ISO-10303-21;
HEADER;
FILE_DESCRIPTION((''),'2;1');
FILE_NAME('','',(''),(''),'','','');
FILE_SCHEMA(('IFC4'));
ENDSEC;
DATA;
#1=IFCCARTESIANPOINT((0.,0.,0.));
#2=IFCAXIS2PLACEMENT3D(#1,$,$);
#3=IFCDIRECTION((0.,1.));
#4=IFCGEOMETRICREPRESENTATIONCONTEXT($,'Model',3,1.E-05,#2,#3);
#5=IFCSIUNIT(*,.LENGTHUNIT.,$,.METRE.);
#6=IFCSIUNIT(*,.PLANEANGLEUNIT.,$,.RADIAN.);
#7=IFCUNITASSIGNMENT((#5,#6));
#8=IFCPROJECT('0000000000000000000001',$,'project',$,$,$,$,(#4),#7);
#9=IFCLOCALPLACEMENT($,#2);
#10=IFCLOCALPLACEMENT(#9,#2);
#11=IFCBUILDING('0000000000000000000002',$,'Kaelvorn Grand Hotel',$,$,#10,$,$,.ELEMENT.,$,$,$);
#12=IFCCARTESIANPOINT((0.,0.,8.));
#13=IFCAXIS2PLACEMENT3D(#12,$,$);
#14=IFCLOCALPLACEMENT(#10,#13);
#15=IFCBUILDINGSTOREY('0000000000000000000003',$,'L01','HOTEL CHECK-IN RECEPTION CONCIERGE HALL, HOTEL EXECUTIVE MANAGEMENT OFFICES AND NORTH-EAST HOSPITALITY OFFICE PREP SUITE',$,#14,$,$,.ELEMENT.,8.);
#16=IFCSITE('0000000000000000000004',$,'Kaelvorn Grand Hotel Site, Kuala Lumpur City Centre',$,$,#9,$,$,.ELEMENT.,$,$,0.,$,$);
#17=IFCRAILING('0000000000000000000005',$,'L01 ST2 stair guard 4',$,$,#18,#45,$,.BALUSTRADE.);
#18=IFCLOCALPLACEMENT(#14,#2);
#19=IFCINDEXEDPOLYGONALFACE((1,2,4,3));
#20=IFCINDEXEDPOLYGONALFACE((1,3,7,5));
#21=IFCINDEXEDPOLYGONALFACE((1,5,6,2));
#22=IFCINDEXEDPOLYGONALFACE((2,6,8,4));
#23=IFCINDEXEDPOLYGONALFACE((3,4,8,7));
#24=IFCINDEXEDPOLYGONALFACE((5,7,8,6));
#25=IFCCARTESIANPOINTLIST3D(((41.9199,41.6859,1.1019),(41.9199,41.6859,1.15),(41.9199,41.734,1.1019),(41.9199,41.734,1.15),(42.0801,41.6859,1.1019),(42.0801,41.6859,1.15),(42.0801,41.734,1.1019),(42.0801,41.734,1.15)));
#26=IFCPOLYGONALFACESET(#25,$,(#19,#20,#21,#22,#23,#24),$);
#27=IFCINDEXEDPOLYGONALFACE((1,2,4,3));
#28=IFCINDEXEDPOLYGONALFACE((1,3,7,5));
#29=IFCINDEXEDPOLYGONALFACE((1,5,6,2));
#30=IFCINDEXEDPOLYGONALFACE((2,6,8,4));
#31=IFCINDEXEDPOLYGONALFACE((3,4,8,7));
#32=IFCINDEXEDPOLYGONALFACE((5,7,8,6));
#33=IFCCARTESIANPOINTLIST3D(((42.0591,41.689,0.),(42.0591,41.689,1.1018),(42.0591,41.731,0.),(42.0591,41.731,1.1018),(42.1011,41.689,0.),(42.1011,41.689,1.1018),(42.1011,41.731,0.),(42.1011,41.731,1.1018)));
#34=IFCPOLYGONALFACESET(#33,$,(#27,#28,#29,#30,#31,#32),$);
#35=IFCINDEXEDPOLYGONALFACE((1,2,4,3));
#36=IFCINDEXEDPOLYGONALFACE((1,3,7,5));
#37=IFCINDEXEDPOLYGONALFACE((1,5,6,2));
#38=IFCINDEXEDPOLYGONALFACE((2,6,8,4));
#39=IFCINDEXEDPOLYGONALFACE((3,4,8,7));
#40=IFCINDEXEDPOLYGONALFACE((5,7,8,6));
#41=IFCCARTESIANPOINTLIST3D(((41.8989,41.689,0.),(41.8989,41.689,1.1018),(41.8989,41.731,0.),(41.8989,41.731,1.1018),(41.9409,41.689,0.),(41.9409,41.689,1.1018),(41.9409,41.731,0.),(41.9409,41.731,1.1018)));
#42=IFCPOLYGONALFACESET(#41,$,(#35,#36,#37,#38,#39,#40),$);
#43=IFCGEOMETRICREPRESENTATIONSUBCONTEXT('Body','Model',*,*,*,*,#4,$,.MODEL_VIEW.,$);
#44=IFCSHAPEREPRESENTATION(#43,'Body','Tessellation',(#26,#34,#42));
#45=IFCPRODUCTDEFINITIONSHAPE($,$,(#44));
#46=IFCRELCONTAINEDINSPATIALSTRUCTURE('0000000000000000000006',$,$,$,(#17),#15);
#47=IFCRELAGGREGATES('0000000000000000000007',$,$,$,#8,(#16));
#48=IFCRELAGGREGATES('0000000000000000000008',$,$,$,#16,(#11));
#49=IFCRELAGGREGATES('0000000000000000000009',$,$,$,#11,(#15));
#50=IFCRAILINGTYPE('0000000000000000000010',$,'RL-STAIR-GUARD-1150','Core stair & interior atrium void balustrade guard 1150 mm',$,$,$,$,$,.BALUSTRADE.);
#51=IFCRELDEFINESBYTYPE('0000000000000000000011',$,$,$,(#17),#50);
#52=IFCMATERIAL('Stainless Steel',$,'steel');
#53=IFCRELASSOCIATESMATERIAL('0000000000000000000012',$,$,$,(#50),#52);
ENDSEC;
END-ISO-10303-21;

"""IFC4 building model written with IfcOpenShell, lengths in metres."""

from ifc_helpers import new_model, si_unit, direction, frame, origin, origin_2d, place, context, subcontext, project, spatial, rectangle, extrude, material, type_object, element, save


model = new_model("IFC4")

# Units and contexts
model_context = context("Model", 3, precision=1e-05, world=origin(), true_north=direction((0.0, 1.0)))
body_context = subcontext(model_context, "Body", "Model", "MODEL_VIEW")
ifc_project = project(units=[si_unit("LENGTHUNIT", "METRE"), si_unit("PLANEANGLEUNIT", "RADIAN")], contexts=[model_context])

# Site, building, storey
site_placement = place(None, origin())
site = spatial("IfcSite", under=ifc_project, at=site_placement, Name="Kaelvorn Grand Hotel Site, Kuala Lumpur City Centre", CompositionType="ELEMENT", RefElevation=0.0)
building_placement = place(site_placement, origin())
building = spatial("IfcBuilding", under=site, at=building_placement, Name="Kaelvorn Grand Hotel", CompositionType="ELEMENT")
storey_placement = place(building_placement, frame((0.0, 0.0, 8.0)))
storey = spatial("IfcBuildingStorey", under=building, at=storey_placement, Name="L01", Description="HOTEL CHECK-IN RECEPTION CONCIERGE HALL, HOTEL EXECUTIVE MANAGEMENT OFFICES AND NORTH-EAST HOSPITALITY OFFICE PREP SUITE", CompositionType="ELEMENT", Elevation=8.0)

# Railing
ifc_material_1 = material(Name="Stainless Steel", Category="steel")
railing_type_1 = type_object("IfcRailingType", Name="RL-STAIR-GUARD-1150", Description="Core stair & interior atrium void balustrade guard 1150 mm", PredefinedType="BALUSTRADE", material=ifc_material_1)
railing_1_placement = place(storey_placement, frame((42.0801, 41.71, 0.0)))
element("IfcRailing", 1, at=railing_1_placement, inside=storey, type_object=railing_type_1, Name="L01 ST2 stair guard 4", PredefinedType="BALUSTRADE", context=body_context, shape_type="SweptSolid", body=[
    extrude(rectangle(XDim=0.0481, YDim=0.0481, at=origin_2d()), frame((0.0, 0.0, 1.126), z_axis=(-1.0, 0.0, 0.0), x_axis=(0.0, -1.0, 0.0)), (0.0, 0.0, 1.0), 0.1602),
    extrude(rectangle(XDim=0.042, YDim=0.042, at=origin_2d()), origin(), (0.0, 0.0, 1.0), 1.1018),
    extrude(rectangle(XDim=0.042, YDim=0.042, at=origin_2d()), frame((-0.1602, 0.0, 0.0)), (0.0, 0.0, 1.0), 1.1018),
])

save(model, "model.ifc")
